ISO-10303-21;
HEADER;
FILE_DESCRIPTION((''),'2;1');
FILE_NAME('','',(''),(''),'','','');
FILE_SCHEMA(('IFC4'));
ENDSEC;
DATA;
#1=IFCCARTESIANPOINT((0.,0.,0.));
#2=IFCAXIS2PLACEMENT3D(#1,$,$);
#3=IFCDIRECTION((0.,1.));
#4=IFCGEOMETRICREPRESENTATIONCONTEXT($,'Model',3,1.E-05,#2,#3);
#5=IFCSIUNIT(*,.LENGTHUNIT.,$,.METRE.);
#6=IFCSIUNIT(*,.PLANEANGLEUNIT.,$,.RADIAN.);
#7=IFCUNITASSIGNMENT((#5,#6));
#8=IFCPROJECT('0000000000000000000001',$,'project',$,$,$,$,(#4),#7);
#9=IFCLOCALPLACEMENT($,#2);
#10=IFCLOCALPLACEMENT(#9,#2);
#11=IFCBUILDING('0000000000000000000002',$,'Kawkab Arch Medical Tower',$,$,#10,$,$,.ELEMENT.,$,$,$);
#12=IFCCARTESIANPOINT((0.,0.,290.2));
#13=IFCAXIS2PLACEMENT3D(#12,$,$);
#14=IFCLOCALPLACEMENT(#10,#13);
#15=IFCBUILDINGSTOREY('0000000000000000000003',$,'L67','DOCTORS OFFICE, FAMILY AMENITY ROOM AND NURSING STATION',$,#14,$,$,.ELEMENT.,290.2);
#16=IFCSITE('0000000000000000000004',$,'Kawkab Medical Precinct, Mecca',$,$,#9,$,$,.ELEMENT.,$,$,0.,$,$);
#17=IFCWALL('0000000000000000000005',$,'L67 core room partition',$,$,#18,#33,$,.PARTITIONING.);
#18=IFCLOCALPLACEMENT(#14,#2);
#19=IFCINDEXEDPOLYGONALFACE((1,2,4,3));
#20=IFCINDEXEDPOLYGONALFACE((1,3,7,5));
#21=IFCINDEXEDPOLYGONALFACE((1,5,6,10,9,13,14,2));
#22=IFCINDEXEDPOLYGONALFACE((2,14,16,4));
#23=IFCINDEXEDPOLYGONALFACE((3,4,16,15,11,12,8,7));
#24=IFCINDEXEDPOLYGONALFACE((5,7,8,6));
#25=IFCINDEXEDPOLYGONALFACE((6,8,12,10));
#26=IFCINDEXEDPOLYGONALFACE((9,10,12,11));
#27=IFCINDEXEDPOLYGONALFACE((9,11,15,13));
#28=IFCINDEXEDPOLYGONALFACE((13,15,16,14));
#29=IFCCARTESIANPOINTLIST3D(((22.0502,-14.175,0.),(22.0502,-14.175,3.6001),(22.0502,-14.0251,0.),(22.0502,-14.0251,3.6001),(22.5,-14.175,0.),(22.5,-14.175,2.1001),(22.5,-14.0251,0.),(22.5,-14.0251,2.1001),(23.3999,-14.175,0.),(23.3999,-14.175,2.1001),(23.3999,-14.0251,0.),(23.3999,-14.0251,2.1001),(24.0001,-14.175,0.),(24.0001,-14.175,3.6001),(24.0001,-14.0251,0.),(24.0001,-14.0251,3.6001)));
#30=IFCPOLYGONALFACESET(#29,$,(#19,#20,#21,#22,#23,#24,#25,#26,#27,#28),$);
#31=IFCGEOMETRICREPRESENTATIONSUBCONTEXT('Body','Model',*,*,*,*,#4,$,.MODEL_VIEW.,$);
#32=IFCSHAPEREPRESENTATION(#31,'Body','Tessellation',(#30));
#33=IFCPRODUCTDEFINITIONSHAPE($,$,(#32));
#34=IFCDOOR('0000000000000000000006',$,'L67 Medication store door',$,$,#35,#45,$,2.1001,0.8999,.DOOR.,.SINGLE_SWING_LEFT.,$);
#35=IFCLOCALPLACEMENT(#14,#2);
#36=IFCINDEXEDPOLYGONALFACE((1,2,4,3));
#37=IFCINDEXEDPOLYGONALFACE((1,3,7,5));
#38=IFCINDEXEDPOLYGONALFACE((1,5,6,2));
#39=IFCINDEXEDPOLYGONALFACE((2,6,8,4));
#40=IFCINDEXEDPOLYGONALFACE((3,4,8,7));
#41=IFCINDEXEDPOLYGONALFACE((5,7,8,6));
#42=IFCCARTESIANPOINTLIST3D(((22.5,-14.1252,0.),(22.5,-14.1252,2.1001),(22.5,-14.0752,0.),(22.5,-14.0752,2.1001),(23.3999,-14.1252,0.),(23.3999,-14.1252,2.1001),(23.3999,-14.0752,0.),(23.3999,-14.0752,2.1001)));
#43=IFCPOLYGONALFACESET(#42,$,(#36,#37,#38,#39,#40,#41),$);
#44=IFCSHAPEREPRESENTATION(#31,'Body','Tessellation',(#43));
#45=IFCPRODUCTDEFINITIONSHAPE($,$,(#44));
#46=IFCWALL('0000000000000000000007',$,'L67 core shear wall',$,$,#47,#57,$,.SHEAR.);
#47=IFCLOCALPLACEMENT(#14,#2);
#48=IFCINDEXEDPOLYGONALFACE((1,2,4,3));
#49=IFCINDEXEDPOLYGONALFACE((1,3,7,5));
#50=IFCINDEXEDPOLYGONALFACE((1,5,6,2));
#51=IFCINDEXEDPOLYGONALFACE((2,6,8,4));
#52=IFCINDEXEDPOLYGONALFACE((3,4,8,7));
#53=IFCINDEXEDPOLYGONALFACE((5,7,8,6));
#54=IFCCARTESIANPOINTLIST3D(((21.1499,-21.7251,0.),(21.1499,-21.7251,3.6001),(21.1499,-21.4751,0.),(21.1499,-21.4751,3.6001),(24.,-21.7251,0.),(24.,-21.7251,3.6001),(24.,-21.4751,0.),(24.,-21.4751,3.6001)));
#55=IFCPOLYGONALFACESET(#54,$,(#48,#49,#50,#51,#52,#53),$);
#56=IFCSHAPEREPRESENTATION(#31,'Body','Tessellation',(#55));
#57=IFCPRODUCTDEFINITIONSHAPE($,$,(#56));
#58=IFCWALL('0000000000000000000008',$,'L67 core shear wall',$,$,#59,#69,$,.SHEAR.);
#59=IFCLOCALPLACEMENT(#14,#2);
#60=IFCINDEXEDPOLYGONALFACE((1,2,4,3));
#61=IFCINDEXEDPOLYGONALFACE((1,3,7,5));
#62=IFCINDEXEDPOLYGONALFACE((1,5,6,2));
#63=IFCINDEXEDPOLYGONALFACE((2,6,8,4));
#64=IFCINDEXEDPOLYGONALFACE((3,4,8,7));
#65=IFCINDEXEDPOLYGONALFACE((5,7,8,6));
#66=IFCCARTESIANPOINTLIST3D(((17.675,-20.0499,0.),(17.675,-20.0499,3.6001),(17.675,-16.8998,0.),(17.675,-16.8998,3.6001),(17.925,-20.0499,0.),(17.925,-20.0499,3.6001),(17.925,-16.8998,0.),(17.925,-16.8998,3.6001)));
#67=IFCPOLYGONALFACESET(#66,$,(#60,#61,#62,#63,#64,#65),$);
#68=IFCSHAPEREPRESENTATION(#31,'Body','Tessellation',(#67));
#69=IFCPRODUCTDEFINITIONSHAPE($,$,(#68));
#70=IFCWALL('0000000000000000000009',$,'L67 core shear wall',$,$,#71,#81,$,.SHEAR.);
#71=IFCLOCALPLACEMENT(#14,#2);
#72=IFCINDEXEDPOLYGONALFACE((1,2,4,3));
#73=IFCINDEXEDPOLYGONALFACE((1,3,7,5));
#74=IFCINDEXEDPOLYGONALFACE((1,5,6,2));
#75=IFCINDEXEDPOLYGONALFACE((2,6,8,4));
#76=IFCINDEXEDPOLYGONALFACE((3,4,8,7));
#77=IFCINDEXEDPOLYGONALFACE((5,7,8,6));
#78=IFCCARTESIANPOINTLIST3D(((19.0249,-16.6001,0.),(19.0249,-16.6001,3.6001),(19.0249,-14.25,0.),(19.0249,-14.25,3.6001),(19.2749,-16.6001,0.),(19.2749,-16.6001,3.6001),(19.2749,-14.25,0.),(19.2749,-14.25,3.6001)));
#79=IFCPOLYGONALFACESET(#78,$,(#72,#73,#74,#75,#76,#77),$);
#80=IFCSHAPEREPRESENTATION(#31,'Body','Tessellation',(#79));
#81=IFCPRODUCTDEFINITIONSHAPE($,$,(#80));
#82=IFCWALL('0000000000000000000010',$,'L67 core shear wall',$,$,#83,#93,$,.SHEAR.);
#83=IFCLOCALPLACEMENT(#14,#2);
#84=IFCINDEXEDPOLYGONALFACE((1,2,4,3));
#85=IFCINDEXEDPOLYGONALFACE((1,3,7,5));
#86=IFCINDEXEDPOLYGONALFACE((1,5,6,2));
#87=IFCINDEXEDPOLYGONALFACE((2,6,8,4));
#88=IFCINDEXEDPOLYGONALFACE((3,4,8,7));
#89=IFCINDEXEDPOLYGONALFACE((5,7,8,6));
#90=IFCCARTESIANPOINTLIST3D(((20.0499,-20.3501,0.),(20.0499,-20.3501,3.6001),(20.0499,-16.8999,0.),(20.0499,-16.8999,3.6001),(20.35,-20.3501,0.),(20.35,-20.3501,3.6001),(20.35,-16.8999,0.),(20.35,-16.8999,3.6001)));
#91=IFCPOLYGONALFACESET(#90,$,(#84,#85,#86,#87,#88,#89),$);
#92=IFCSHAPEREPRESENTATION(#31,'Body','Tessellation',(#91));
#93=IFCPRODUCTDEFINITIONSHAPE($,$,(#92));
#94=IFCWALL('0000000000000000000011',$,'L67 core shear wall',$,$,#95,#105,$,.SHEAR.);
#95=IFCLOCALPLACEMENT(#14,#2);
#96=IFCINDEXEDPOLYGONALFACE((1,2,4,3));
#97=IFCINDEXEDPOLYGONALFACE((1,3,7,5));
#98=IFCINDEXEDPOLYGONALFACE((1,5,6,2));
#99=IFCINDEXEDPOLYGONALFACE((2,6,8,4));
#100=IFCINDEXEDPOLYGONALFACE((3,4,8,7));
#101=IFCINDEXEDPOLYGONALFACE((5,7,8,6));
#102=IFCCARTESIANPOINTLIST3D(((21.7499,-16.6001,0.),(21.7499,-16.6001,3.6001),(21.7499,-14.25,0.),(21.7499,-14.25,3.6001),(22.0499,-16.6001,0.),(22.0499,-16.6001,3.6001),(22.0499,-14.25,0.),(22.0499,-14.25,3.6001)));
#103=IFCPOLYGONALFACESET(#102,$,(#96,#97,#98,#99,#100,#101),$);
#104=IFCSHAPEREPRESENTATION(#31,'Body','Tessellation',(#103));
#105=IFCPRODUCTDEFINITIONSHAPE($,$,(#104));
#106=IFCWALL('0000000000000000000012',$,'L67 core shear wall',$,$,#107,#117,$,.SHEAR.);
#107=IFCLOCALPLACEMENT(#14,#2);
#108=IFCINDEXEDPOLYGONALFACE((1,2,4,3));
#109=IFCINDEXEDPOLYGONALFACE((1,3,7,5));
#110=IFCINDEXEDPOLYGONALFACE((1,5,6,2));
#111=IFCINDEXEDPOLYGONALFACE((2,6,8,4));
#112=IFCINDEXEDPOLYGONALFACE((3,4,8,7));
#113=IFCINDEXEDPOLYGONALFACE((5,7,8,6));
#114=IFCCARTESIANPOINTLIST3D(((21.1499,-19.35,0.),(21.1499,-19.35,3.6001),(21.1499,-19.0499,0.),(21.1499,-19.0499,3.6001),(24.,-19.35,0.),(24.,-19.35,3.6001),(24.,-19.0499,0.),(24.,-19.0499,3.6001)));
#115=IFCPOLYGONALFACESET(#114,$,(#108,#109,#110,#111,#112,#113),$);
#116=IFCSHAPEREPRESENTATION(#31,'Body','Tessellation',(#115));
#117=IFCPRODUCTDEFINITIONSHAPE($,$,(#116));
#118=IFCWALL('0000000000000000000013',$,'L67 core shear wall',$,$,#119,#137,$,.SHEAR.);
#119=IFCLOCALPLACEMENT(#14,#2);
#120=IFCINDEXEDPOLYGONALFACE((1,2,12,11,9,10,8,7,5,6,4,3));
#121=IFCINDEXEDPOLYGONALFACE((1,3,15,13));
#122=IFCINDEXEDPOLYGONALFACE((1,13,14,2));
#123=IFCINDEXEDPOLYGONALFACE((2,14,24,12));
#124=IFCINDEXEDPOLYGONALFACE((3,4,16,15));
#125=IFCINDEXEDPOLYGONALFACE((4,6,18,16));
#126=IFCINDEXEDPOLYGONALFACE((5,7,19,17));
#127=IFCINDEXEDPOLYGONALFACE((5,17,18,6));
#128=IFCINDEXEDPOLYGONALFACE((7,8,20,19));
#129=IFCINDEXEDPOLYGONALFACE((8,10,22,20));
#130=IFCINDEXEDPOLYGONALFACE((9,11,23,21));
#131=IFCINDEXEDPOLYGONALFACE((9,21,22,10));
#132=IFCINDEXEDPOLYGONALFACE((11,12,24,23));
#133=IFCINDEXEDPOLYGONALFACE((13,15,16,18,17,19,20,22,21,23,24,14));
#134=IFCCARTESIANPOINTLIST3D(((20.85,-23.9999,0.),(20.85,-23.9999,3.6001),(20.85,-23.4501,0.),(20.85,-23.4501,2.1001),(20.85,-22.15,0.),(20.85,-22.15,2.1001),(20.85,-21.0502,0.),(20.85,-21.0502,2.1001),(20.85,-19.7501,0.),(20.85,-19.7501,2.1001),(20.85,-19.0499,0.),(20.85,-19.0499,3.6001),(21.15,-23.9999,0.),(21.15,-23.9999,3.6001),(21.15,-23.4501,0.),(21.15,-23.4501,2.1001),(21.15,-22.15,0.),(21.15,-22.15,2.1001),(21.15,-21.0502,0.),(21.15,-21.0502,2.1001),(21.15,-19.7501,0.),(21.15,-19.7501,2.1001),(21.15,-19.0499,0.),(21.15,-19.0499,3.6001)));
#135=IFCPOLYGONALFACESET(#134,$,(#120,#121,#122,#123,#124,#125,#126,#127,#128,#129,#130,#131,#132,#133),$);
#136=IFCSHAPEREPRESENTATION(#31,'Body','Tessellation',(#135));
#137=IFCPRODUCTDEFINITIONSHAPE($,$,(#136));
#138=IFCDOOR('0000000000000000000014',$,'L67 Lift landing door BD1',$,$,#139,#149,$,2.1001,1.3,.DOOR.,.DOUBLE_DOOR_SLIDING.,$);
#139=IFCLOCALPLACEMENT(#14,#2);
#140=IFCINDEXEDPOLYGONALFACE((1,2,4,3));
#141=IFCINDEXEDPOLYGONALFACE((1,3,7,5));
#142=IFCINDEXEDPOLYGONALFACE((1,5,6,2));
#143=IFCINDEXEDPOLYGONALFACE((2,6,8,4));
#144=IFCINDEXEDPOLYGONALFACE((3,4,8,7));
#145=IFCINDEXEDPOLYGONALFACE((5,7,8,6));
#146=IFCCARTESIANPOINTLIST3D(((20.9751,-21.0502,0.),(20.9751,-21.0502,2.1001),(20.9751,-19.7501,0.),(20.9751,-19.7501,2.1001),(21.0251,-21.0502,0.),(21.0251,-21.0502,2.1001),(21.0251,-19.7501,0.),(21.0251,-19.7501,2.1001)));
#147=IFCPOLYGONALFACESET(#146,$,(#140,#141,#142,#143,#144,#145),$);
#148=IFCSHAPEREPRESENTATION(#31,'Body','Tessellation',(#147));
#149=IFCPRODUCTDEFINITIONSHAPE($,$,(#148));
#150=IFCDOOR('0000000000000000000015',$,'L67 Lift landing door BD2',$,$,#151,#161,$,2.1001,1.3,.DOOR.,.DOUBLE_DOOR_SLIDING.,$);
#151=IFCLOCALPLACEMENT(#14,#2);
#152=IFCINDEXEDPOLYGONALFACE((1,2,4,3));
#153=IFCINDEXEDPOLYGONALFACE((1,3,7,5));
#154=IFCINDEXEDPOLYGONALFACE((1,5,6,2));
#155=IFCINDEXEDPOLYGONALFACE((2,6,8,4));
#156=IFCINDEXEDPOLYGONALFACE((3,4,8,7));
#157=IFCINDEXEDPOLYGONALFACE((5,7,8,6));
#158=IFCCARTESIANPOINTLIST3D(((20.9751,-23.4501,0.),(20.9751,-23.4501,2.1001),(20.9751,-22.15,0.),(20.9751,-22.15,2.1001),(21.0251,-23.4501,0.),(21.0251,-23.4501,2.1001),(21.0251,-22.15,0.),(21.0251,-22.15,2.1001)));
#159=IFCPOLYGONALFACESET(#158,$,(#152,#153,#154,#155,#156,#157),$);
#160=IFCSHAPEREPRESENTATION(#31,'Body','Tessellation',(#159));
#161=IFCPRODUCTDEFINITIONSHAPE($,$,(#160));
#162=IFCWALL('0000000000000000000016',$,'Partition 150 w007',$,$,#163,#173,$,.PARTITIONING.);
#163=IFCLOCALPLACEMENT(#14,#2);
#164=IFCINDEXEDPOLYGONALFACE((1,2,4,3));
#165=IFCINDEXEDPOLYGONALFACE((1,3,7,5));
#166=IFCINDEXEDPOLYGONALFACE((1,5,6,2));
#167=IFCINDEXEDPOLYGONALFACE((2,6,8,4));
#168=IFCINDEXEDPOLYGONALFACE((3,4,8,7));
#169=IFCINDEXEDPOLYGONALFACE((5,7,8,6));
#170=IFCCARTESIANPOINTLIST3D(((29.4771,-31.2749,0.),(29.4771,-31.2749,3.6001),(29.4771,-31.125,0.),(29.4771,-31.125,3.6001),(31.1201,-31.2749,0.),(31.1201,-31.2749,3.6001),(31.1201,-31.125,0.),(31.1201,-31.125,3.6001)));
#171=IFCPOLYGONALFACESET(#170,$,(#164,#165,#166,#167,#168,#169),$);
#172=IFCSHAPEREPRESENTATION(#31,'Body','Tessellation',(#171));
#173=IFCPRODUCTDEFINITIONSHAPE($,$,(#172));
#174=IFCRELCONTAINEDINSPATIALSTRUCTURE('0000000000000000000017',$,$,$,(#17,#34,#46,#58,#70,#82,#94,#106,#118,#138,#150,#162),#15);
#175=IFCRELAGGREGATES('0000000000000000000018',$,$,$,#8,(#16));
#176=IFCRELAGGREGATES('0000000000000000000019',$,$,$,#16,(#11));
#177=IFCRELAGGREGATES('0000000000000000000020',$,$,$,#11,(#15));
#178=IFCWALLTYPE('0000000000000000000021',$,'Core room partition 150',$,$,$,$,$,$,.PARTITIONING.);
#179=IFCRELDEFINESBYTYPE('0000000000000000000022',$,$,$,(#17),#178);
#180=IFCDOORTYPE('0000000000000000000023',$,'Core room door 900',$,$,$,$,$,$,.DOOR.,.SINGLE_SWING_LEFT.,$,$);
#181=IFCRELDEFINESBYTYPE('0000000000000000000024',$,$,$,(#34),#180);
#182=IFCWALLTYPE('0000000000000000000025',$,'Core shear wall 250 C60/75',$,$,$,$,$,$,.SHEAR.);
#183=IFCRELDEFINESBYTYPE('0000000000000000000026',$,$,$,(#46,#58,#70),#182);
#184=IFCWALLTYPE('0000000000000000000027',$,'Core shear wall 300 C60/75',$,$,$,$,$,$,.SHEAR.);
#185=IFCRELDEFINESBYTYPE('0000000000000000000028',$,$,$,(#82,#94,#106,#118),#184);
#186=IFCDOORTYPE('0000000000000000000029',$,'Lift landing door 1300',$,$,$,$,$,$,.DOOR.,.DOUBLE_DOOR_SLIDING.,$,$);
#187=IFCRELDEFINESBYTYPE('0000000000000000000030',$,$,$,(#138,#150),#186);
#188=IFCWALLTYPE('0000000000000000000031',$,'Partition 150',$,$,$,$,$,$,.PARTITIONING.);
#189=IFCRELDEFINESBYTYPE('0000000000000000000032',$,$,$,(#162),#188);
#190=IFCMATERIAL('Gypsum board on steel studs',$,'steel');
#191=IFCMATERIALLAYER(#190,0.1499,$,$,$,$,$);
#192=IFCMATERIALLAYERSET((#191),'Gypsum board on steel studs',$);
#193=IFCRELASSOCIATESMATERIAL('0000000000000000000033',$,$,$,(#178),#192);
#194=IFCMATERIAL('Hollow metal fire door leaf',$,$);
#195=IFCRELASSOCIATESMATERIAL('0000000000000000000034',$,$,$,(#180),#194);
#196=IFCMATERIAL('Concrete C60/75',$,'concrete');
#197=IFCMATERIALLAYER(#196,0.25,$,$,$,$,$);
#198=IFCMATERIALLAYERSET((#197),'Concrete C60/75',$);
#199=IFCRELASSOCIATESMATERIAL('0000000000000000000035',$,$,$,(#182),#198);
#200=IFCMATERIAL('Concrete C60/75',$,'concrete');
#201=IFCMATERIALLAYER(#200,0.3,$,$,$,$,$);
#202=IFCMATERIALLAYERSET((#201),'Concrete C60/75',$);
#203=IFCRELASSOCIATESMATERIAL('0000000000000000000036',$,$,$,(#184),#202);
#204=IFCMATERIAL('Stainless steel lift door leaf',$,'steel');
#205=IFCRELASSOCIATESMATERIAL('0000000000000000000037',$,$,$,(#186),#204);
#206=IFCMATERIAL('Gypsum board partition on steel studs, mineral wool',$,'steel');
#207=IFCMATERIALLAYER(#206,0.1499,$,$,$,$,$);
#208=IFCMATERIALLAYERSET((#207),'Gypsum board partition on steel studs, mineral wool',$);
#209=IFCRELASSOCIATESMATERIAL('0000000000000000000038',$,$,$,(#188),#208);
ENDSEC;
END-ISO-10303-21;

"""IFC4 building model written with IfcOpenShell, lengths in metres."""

from ifc_helpers import new_model, si_unit, direction, frame, frame_2d, origin, place, context, subcontext, project, spatial, rectangle, extrude, material, layer, layer_set, type_object, element, fill, save


model = new_model("IFC4")

# Units and contexts
model_context = context("Model", 3, precision=1e-05, world=origin(), true_north=direction((0.0, 1.0)))
body_context = subcontext(model_context, "Body", "Model", "MODEL_VIEW")
ifc_project = project(units=[si_unit("LENGTHUNIT", "METRE"), si_unit("PLANEANGLEUNIT", "RADIAN")], contexts=[model_context])

# Site, building, storey
site_placement = place(None, origin())
site = spatial("IfcSite", under=ifc_project, at=site_placement, Name="Kawkab Medical Precinct, Mecca", CompositionType="ELEMENT", RefElevation=0.0)
building_placement = place(site_placement, origin())
building = spatial("IfcBuilding", under=site, at=building_placement, Name="Kawkab Arch Medical Tower", CompositionType="ELEMENT")
storey_placement = place(building_placement, frame((0.0, 0.0, 290.2)))
storey = spatial("IfcBuildingStorey", under=building, at=storey_placement, Name="L67", Description="DOCTORS OFFICE, FAMILY AMENITY ROOM AND NURSING STATION", CompositionType="ELEMENT", Elevation=290.2)

# Shared definitions
ifc_material_1 = material(Name="Gypsum board on steel studs", Category="steel")
ifc_layer_1 = layer(ifc_material_1, 0.1499)
ifc_layer_set_1 = layer_set([ifc_layer_1], Name="Gypsum board on steel studs")
wall_type_1 = type_object("IfcWallType", Name="Core room partition 150", PredefinedType="PARTITIONING", material=ifc_layer_set_1)
ifc_material_2 = material(Name="Hollow metal fire door leaf")
door_type_1 = type_object("IfcDoorType", Name="Core room door 900", OperationType="SINGLE_SWING_LEFT", PredefinedType="DOOR", material=ifc_material_2)

# Wall, opening, door
wall_1_placement = place(storey_placement, frame((22.05, -14.1001, 0.0), z_axis=(0.0, 0.0, 1.0), x_axis=(1.0, 0.0, 0.0)))
wall_1 = element("IfcWall", 1, at=wall_1_placement, inside=storey, type_object=wall_type_1, Name="L67 core room partition", PredefinedType="PARTITIONING", context=body_context, shape_type="SweptSolid", body=[
    extrude(rectangle(XDim=1.95, YDim=0.1499, at=frame_2d((0.9751, 0.0))), origin(), (0.0, 0.0, 1.0), 3.6001),
])
opening_1_placement = place(wall_1_placement, frame((0.45, 0.0, 0.0)))
opening_1 = element("IfcOpeningElement", 2, at=opening_1_placement, cuts=wall_1, PredefinedType="OPENING", context=body_context, shape_type="SweptSolid", body=[
    extrude(rectangle(XDim=0.8999, YDim=2.1001, at=frame_2d((0.45, 1.05))), frame((0.0, 0.085, 0.0), z_axis=(0.0, -1.0, 0.0), x_axis=(1.0, 0.0, 0.0)), (0.0, 0.0, 1.0), 0.1699),
])
door_1_placement = place(opening_1_placement, origin())
door_1 = element("IfcDoor", 3, at=door_1_placement, inside=storey, type_object=door_type_1, Name="L67 Medication store door", OperationType="SINGLE_SWING_LEFT", OverallHeight=2.1001, OverallWidth=0.8999, PredefinedType="DOOR", context=body_context, shape_type="SweptSolid", body=[
    extrude(rectangle(XDim=0.8999, YDim=2.1001, at=frame_2d((0.45, 1.05))), frame((0.0, 0.0249, 0.0), z_axis=(0.0, -1.0, 0.0), x_axis=(1.0, 0.0, 0.0)), (0.0, 0.0, 1.0), 0.05),
])
fill(opening_1, door_1)

# Walls
ifc_material_3 = material(Name="Concrete C60/75", Category="concrete")
ifc_layer_2 = layer(ifc_material_3, 0.25)
ifc_layer_set_2 = layer_set([ifc_layer_2], Name="Concrete C60/75")
wall_type_2 = type_object("IfcWallType", Name="Core shear wall 250 C60/75", PredefinedType="SHEAR", material=ifc_layer_set_2)
wall_2_placement = place(storey_placement, frame((21.1499, -21.6001, 0.0), z_axis=(0.0, 0.0, 1.0), x_axis=(1.0, 0.0, 0.0)))
element("IfcWall", 4, at=wall_2_placement, inside=storey, type_object=wall_type_2, Name="L67 core shear wall", PredefinedType="SHEAR", context=body_context, shape_type="SweptSolid", body=[
    extrude(rectangle(XDim=2.8501, YDim=0.25, at=frame_2d((1.425, 0.0))), origin(), (0.0, 0.0, 1.0), 3.6001),
])
wall_3_placement = place(storey_placement, frame((17.8, -20.05, 0.0), z_axis=(0.0, 0.0, 1.0), x_axis=(0.0, 1.0, 0.0)))
element("IfcWall", 5, at=wall_3_placement, inside=storey, type_object=wall_type_2, Name="L67 core shear wall", PredefinedType="SHEAR", context=body_context, shape_type="SweptSolid", body=[
    extrude(rectangle(XDim=3.1501, YDim=0.25, at=frame_2d((1.5752, 0.0))), origin(), (0.0, 0.0, 1.0), 3.6001),
])
wall_4_placement = place(storey_placement, frame((19.1499, -16.6001, 0.0), z_axis=(0.0, 0.0, 1.0), x_axis=(0.0, 1.0, 0.0)))
element("IfcWall", 6, at=wall_4_placement, inside=storey, type_object=wall_type_2, Name="L67 core shear wall", PredefinedType="SHEAR", context=body_context, shape_type="SweptSolid", body=[
    extrude(rectangle(XDim=2.3501, YDim=0.25, at=frame_2d((1.175, 0.0))), origin(), (0.0, 0.0, 1.0), 3.6001),
])
ifc_material_4 = material(Name="Concrete C60/75", Category="concrete")
ifc_layer_3 = layer(ifc_material_4, 0.3)
ifc_layer_set_3 = layer_set([ifc_layer_3], Name="Concrete C60/75")
wall_type_3 = type_object("IfcWallType", Name="Core shear wall 300 C60/75", PredefinedType="SHEAR", material=ifc_layer_set_3)
wall_5_placement = place(storey_placement, frame((20.2, -20.3501, 0.0), z_axis=(0.0, 0.0, 1.0), x_axis=(0.0, 1.0, 0.0)))
element("IfcWall", 7, at=wall_5_placement, inside=storey, type_object=wall_type_3, Name="L67 core shear wall", PredefinedType="SHEAR", context=body_context, shape_type="SweptSolid", body=[
    extrude(rectangle(XDim=3.4502, YDim=0.3, at=frame_2d((1.7251, 0.0))), origin(), (0.0, 0.0, 1.0), 3.6001),
])
wall_6_placement = place(storey_placement, frame((21.8999, -16.6001, 0.0), z_axis=(0.0, 0.0, 1.0), x_axis=(0.0, 1.0, 0.0)))
element("IfcWall", 8, at=wall_6_placement, inside=storey, type_object=wall_type_3, Name="L67 core shear wall", PredefinedType="SHEAR", context=body_context, shape_type="SweptSolid", body=[
    extrude(rectangle(XDim=2.3501, YDim=0.3, at=frame_2d((1.175, 0.0))), origin(), (0.0, 0.0, 1.0), 3.6001),
])
wall_7_placement = place(storey_placement, frame((21.1499, -19.2, 0.0), z_axis=(0.0, 0.0, 1.0), x_axis=(1.0, 0.0, 0.0)))
element("IfcWall", 9, at=wall_7_placement, inside=storey, type_object=wall_type_3, Name="L67 core shear wall", PredefinedType="SHEAR", context=body_context, shape_type="SweptSolid", body=[
    extrude(rectangle(XDim=2.8501, YDim=0.3, at=frame_2d((1.425, 0.0))), origin(), (0.0, 0.0, 1.0), 3.6001),
])

# Wall, openings, doors
wall_8_placement = place(storey_placement, frame((21.0, -24.0, 0.0), z_axis=(0.0, 0.0, 1.0), x_axis=(0.0, 1.0, 0.0)))
wall_8 = element("IfcWall", 10, at=wall_8_placement, inside=storey, type_object=wall_type_3, Name="L67 core shear wall", PredefinedType="SHEAR", context=body_context, shape_type="SweptSolid", body=[
    extrude(rectangle(XDim=4.95, YDim=0.3, at=frame_2d((2.4751, 0.0))), origin(), (0.0, 0.0, 1.0), 3.6001),
])
opening_2_placement = place(wall_8_placement, frame((2.95, 0.0, 0.0)))
opening_2 = element("IfcOpeningElement", 11, at=opening_2_placement, cuts=wall_8, PredefinedType="OPENING", context=body_context, shape_type="SweptSolid", body=[
    extrude(rectangle(XDim=1.3, YDim=2.1001, at=frame_2d((0.6499, 1.05))), frame((0.0, 0.1599, 0.0), z_axis=(0.0, -1.0, 0.0), x_axis=(1.0, 0.0, 0.0)), (0.0, 0.0, 1.0), 0.3201),
])
opening_3_placement = place(wall_8_placement, frame((0.55, 0.0, 0.0)))
opening_3 = element("IfcOpeningElement", 12, at=opening_3_placement, cuts=wall_8, PredefinedType="OPENING", context=body_context, shape_type="SweptSolid", body=[
    extrude(rectangle(XDim=1.3, YDim=2.1001, at=frame_2d((0.6499, 1.05))), frame((0.0, 0.1599, 0.0), z_axis=(0.0, -1.0, 0.0), x_axis=(1.0, 0.0, 0.0)), (0.0, 0.0, 1.0), 0.3201),
])
ifc_material_5 = material(Name="Stainless steel lift door leaf", Category="steel")
door_type_2 = type_object("IfcDoorType", Name="Lift landing door 1300", OperationType="DOUBLE_DOOR_SLIDING", PredefinedType="DOOR", material=ifc_material_5)
door_2_placement = place(opening_2_placement, origin())
door_2 = element("IfcDoor", 13, at=door_2_placement, inside=storey, type_object=door_type_2, Name="L67 Lift landing door BD1", OperationType="DOUBLE_DOOR_SLIDING", OverallHeight=2.1001, OverallWidth=1.3, PredefinedType="DOOR", context=body_context, shape_type="SweptSolid", body=[
    extrude(rectangle(XDim=1.3, YDim=2.1001, at=frame_2d((0.6499, 1.05))), frame((0.0, 0.0249, 0.0), z_axis=(0.0, -1.0, 0.0), x_axis=(1.0, 0.0, 0.0)), (0.0, 0.0, 1.0), 0.05),
])
fill(opening_2, door_2)
door_3_placement = place(opening_3_placement, origin())
door_3 = element("IfcDoor", 14, at=door_3_placement, inside=storey, type_object=door_type_2, Name="L67 Lift landing door BD2", OperationType="DOUBLE_DOOR_SLIDING", OverallHeight=2.1001, OverallWidth=1.3, PredefinedType="DOOR", context=body_context, shape_type="SweptSolid", body=[
    extrude(rectangle(XDim=1.3, YDim=2.1001, at=frame_2d((0.6499, 1.05))), frame((0.0, 0.0249, 0.0), z_axis=(0.0, -1.0, 0.0), x_axis=(1.0, 0.0, 0.0)), (0.0, 0.0, 1.0), 0.05),
])
fill(opening_3, door_3)

# Wall
ifc_material_6 = material(Name="Gypsum board partition on steel studs, mineral wool", Category="steel")
ifc_layer_4 = layer(ifc_material_6, 0.1499)
ifc_layer_set_4 = layer_set([ifc_layer_4], Name="Gypsum board partition on steel studs, mineral wool")
wall_type_4 = type_object("IfcWallType", Name="Partition 150", PredefinedType="PARTITIONING", material=ifc_layer_set_4)
wall_9_placement = place(storey_placement, frame((29.4771, -31.2, 0.0), z_axis=(0.0, 0.0, 1.0), x_axis=(1.0, 0.0, 0.0)))
element("IfcWall", 15, at=wall_9_placement, inside=storey, type_object=wall_type_4, Name="Partition 150 w007", PredefinedType="PARTITIONING", context=body_context, shape_type="SweptSolid", body=[
    extrude(rectangle(XDim=1.6431, YDim=0.1499, at=frame_2d((0.8215, 0.0))), origin(), (0.0, 0.0, 1.0), 3.6001),
])

save(model, "model.ifc")
